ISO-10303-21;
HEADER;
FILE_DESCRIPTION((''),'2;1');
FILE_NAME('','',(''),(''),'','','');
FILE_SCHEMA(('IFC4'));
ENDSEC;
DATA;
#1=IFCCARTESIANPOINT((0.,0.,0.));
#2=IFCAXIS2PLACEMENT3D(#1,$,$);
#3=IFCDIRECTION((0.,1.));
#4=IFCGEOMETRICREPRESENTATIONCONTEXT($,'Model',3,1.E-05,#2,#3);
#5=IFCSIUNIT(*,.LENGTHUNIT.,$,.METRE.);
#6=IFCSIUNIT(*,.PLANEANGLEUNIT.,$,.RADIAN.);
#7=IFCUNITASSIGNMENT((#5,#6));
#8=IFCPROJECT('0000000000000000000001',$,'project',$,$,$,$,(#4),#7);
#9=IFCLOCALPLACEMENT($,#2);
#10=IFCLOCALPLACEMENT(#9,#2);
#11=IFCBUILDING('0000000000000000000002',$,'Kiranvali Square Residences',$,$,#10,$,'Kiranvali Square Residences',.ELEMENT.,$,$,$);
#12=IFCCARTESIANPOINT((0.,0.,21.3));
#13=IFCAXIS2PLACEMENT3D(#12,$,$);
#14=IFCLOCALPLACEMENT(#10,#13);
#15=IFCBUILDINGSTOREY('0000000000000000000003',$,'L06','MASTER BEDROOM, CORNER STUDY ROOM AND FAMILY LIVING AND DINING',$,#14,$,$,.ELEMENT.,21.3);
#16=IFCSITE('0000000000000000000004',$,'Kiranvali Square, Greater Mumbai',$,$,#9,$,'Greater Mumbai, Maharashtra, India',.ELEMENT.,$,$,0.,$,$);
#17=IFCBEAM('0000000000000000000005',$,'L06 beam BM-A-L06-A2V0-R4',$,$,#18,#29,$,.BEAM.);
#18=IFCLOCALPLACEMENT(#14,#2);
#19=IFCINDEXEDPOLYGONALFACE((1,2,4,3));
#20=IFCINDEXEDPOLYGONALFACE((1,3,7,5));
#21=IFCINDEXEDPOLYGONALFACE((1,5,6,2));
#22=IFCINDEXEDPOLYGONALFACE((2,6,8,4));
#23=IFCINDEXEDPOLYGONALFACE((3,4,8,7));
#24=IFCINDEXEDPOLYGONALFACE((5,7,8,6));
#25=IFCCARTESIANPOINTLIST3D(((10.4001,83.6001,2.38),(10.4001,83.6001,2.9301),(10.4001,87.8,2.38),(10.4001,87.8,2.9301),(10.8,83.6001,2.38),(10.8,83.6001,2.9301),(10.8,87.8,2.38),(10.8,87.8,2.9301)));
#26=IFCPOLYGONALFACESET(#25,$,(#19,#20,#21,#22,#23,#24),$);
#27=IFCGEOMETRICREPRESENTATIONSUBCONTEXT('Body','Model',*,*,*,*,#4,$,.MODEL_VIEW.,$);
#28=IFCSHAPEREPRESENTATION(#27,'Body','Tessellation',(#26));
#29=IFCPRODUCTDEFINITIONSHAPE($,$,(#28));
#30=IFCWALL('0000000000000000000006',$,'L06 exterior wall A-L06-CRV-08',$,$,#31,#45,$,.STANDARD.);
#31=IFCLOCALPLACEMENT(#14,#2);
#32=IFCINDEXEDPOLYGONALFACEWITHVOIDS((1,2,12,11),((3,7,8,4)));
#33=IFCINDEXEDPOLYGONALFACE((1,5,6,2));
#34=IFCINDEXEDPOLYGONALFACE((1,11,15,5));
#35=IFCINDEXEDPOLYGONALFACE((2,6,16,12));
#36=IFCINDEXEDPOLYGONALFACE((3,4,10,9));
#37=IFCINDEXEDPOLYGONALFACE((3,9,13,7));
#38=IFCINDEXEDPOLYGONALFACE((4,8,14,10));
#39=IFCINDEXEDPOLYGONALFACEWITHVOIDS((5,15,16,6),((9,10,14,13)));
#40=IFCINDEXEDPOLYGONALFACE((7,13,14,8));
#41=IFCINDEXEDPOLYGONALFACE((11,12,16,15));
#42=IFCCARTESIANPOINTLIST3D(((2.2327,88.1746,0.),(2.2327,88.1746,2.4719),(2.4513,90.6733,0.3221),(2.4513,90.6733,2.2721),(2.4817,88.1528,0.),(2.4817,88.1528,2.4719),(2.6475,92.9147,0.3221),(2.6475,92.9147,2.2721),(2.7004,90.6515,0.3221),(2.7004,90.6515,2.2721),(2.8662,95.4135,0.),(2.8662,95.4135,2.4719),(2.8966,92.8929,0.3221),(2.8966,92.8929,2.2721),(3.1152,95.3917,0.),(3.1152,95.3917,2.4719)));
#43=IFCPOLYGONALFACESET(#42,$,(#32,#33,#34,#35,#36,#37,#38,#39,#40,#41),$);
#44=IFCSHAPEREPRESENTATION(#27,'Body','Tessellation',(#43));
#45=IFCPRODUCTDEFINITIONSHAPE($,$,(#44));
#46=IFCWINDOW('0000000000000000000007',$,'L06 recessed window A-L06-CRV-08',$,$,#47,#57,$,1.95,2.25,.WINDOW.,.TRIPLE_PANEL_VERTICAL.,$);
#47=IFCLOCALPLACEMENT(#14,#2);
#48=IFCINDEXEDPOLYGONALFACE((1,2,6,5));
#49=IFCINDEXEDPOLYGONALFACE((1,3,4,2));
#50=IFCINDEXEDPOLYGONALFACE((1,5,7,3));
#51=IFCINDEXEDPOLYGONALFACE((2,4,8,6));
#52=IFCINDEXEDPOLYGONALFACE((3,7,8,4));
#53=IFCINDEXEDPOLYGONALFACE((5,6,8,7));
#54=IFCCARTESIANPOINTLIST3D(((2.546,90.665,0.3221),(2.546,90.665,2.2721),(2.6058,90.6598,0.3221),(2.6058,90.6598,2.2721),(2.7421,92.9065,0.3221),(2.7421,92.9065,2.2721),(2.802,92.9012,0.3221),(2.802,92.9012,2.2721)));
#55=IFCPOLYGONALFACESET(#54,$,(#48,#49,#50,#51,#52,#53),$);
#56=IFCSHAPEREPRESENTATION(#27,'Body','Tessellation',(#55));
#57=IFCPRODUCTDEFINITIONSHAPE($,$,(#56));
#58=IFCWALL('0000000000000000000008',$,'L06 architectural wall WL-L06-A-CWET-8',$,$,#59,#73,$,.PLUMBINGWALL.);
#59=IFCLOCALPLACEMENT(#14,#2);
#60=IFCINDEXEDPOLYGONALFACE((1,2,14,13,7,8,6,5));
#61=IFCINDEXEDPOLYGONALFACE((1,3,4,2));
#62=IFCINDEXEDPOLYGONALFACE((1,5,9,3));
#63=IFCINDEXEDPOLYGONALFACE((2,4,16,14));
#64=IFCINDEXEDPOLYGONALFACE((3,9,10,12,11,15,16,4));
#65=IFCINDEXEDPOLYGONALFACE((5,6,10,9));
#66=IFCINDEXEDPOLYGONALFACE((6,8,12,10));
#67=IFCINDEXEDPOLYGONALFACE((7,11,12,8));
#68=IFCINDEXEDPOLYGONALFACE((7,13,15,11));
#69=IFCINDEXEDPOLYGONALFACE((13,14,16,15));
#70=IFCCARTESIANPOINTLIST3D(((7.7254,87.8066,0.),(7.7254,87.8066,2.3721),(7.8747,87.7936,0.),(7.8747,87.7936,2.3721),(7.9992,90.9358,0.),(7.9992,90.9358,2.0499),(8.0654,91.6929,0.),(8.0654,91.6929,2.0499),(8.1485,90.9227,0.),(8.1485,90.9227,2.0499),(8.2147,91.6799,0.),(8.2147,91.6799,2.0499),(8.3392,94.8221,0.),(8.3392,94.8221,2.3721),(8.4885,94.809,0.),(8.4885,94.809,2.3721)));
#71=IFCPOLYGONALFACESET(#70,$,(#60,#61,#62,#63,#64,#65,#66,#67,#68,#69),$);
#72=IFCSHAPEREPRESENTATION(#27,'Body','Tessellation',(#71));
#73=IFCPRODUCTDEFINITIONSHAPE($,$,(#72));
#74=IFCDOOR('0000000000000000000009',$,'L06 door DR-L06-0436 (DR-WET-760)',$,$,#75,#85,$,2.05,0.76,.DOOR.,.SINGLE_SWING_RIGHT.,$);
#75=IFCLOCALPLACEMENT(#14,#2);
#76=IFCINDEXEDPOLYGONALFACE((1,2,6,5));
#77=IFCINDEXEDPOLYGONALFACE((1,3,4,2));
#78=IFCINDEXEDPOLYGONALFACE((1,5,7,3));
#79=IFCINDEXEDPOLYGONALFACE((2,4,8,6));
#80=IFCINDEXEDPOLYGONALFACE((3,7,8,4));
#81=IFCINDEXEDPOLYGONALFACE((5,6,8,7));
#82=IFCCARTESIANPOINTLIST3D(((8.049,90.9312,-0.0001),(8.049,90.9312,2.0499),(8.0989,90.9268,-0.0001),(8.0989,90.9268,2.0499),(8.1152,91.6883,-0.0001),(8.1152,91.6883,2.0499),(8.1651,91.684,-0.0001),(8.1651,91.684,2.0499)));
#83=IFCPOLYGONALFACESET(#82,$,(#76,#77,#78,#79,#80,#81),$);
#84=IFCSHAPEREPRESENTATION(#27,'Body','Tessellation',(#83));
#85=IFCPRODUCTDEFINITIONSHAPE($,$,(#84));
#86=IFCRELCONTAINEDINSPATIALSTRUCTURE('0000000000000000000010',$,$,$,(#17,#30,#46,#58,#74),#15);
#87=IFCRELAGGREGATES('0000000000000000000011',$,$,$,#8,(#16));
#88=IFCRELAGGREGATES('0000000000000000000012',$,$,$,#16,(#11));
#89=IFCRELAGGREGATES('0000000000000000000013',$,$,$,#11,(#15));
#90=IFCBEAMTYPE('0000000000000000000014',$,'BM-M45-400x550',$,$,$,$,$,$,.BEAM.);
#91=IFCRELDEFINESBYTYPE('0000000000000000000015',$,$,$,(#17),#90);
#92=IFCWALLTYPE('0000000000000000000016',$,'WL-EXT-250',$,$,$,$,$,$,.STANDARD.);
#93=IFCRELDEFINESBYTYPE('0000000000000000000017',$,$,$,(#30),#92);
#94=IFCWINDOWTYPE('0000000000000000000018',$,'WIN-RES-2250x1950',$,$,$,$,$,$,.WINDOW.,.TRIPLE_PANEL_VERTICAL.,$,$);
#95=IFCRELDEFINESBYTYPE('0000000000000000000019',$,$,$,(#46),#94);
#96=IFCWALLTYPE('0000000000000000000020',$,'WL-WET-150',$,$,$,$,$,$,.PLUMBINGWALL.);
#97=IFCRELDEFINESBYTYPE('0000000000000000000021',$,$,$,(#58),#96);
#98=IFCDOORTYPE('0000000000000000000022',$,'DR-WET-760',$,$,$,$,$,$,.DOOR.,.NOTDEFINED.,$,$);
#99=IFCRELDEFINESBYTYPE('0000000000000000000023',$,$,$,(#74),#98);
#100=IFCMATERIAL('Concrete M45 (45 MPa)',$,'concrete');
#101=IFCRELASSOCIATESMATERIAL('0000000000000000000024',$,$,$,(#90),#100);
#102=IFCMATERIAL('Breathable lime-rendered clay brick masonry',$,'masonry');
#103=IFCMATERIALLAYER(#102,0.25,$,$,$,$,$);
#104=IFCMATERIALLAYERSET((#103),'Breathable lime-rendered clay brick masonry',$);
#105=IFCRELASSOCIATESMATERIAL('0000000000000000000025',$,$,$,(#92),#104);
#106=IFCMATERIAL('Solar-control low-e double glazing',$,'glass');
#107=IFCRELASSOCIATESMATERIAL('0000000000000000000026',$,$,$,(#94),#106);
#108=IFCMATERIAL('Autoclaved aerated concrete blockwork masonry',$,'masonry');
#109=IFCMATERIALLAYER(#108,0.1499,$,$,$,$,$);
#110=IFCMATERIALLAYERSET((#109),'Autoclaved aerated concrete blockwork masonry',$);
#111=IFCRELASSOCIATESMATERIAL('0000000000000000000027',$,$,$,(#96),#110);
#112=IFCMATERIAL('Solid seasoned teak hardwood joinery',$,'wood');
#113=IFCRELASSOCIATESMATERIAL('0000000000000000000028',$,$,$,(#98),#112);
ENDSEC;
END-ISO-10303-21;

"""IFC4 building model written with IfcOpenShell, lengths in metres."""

from ifc_helpers import new_model, si_unit, direction, frame, frame_2d, origin, origin_2d, place, context, subcontext, project, spatial, rectangle, extrude, material, layer, layer_set, material_profile, profile_set, type_object, element, fill, save


model = new_model("IFC4")

# Units and contexts
model_context = context("Model", 3, precision=1e-05, world=origin(), true_north=direction((0.0, 1.0)))
body_context = subcontext(model_context, "Body", "Model", "MODEL_VIEW")
ifc_project = project(units=[si_unit("LENGTHUNIT", "METRE"), si_unit("PLANEANGLEUNIT", "RADIAN")], contexts=[model_context])

# Site, building, storey
site_placement = place(None, origin())
site = spatial("IfcSite", under=ifc_project, at=site_placement, Name="Kiranvali Square, Greater Mumbai", LongName="Greater Mumbai, Maharashtra, India", CompositionType="ELEMENT", RefElevation=0.0)
building_placement = place(site_placement, origin())
building = spatial("IfcBuilding", under=site, at=building_placement, Name="Kiranvali Square Residences", LongName="Kiranvali Square Residences", CompositionType="ELEMENT")
storey_placement = place(building_placement, frame((0.0, 0.0, 21.3)))
storey = spatial("IfcBuildingStorey", under=building, at=storey_placement, Name="L06", Description="MASTER BEDROOM, CORNER STUDY ROOM AND FAMILY LIVING AND DINING", CompositionType="ELEMENT", Elevation=21.3)

# Shared definitions
ifc_material_1 = material(Name="Concrete M45 (45 MPa)", Category="concrete")

# Beam
ifc_material_profile_1 = material_profile(ifc_material_1, rectangle(XDim=0.3999, YDim=0.55, at=origin_2d()), Name="RC 400x550")
ifc_profile_set_1 = profile_set([ifc_material_profile_1], Name="Concrete M45 (45 MPa)")
beam_type_1 = type_object("IfcBeamType", Name="BM-M45-400x550", PredefinedType="BEAM", material=ifc_profile_set_1)
for number, where, z_axis, x_axis, name in (
    (1, (10.6001, 87.8, 2.655), (0.0, -1.0, 0.0), (1.0, 0.0, 0.0), "L06 beam BM-A-L06-A2V0-R4"),
):
    element("IfcBeam", number, at=place(storey_placement, frame(where, z_axis=z_axis, x_axis=x_axis)), inside=storey, type_object=beam_type_1, Name=name, PredefinedType="BEAM", context=body_context, shape_type="SweptSolid", body=[
        extrude(rectangle(XDim=0.3999, YDim=0.55, at=origin_2d()), origin(), (0.0, 0.0, 1.0), 4.2),
    ])

# Wall, opening, window
ifc_material_2 = material(Name="Breathable lime-rendered clay brick masonry", Category="masonry")
ifc_layer_1 = layer(ifc_material_2, 0.25)
ifc_layer_set_1 = layer_set([ifc_layer_1], Name="Breathable lime-rendered clay brick masonry")
wall_type_1 = type_object("IfcWallType", Name="WL-EXT-250", PredefinedType="STANDARD", material=ifc_layer_set_1)
wall_1_placement = place(storey_placement, frame((2.9907, 95.4026, 0.0), z_axis=(0.0, 0.0, 1.0), x_axis=(-0.087185, -0.996192, 0.0)))
wall_1 = element("IfcWall", 2, at=wall_1_placement, inside=storey, type_object=wall_type_1, Name="L06 exterior wall A-L06-CRV-08", PredefinedType="STANDARD", context=body_context, shape_type="SweptSolid", body=[
    extrude(rectangle(XDim=7.2666, YDim=0.25, at=frame_2d((3.6333, 0.0))), origin(), (0.0, 0.0, 1.0), 2.4719),
])
opening_1_placement = place(wall_1_placement, frame((2.5083, 0.0, 0.322)))
opening_1 = element("IfcOpeningElement", 3, at=opening_1_placement, cuts=wall_1, PredefinedType="OPENING", context=body_context, shape_type="SweptSolid", body=[
    extrude(rectangle(XDim=2.25, YDim=1.95, at=frame_2d((1.125, 0.9751))), frame((0.0, 0.135, 0.0), z_axis=(0.0, -1.0, 0.0), x_axis=(1.0, 0.0, 0.0)), (0.0, 0.0, 1.0), 0.27),
])
ifc_material_3 = material(Name="Solar-control low-e double glazing", Category="glass")
window_type = type_object("IfcWindowType", Name="WIN-RES-2250x1950", PartitioningType="TRIPLE_PANEL_VERTICAL", PredefinedType="WINDOW", material=ifc_material_3)
window_placement = place(opening_1_placement, origin())
window = element("IfcWindow", 4, at=window_placement, inside=storey, type_object=window_type, Name="L06 recessed window A-L06-CRV-08", OverallHeight=1.95, OverallWidth=2.25, PartitioningType="TRIPLE_PANEL_VERTICAL", PredefinedType="WINDOW", context=body_context, shape_type="SweptSolid", body=[
    extrude(rectangle(XDim=2.25, YDim=1.95, at=frame_2d((1.125, 0.9751))), frame((0.0, 0.03, 0.0), z_axis=(0.0, -1.0, 0.0), x_axis=(1.0, 0.0, 0.0)), (0.0, 0.0, 1.0), 0.0601),
])
fill(opening_1, window)

# Wall, opening, door
ifc_material_4 = material(Name="Autoclaved aerated concrete blockwork masonry", Category="masonry")
ifc_layer_2 = layer(ifc_material_4, 0.1499)
ifc_layer_set_2 = layer_set([ifc_layer_2], Name="Autoclaved aerated concrete blockwork masonry")
wall_type_2 = type_object("IfcWallType", Name="WL-WET-150", PredefinedType="PLUMBINGWALL", material=ifc_layer_set_2)
wall_2_placement = place(storey_placement, frame((8.4138, 94.8154, 0.0), z_axis=(0.0, 0.0, 1.0), x_axis=(-0.087156, -0.996195, 0.0)))
wall_2 = element("IfcWall", 5, at=wall_2_placement, inside=storey, type_object=wall_type_2, Name="L06 architectural wall WL-L06-A-CWET-8", PredefinedType="PLUMBINGWALL", context=body_context, shape_type="SweptSolid", body=[
    extrude(rectangle(XDim=7.0422, YDim=0.1499, at=frame_2d((3.521, 0.0))), origin(), (0.0, 0.0, 1.0), 2.3721),
])
opening_2_placement = place(wall_2_placement, frame((3.1411, 0.0, 0.0)))
opening_2 = element("IfcOpeningElement", 6, at=opening_2_placement, cuts=wall_2, PredefinedType="OPENING", context=body_context, shape_type="SweptSolid", body=[
    extrude(rectangle(XDim=0.76, YDim=2.05, at=frame_2d((0.3799, 1.0249))), frame((0.0, 0.085, 0.0), z_axis=(0.0, -1.0, 0.0), x_axis=(1.0, 0.0, 0.0)), (0.0, 0.0, 1.0), 0.1699),
])
ifc_material_5 = material(Name="Solid seasoned teak hardwood joinery", Category="wood")
door_type = type_object("IfcDoorType", Name="DR-WET-760", OperationType="NOTDEFINED", PredefinedType="DOOR", material=ifc_material_5)
door_placement = place(opening_2_placement, frame((0.76, 0.0, 0.0), z_axis=(0.0, 0.0, 1.0), x_axis=(-1.0, 0.0, 0.0)))
door = element("IfcDoor", 7, at=door_placement, inside=storey, type_object=door_type, Name="L06 door DR-L06-0436 (DR-WET-760)", OperationType="SINGLE_SWING_RIGHT", OverallHeight=2.05, OverallWidth=0.76, PredefinedType="DOOR", context=body_context, shape_type="SweptSolid", body=[
    extrude(rectangle(XDim=0.76, YDim=2.05, at=frame_2d((0.3799, 1.0249))), frame((0.0, 0.0249, 0.0), z_axis=(0.0, -1.0, 0.0), x_axis=(1.0, 0.0, 0.0)), (0.0, 0.0, 1.0), 0.05),
])
fill(opening_2, door)

save(model, "model.ifc")
